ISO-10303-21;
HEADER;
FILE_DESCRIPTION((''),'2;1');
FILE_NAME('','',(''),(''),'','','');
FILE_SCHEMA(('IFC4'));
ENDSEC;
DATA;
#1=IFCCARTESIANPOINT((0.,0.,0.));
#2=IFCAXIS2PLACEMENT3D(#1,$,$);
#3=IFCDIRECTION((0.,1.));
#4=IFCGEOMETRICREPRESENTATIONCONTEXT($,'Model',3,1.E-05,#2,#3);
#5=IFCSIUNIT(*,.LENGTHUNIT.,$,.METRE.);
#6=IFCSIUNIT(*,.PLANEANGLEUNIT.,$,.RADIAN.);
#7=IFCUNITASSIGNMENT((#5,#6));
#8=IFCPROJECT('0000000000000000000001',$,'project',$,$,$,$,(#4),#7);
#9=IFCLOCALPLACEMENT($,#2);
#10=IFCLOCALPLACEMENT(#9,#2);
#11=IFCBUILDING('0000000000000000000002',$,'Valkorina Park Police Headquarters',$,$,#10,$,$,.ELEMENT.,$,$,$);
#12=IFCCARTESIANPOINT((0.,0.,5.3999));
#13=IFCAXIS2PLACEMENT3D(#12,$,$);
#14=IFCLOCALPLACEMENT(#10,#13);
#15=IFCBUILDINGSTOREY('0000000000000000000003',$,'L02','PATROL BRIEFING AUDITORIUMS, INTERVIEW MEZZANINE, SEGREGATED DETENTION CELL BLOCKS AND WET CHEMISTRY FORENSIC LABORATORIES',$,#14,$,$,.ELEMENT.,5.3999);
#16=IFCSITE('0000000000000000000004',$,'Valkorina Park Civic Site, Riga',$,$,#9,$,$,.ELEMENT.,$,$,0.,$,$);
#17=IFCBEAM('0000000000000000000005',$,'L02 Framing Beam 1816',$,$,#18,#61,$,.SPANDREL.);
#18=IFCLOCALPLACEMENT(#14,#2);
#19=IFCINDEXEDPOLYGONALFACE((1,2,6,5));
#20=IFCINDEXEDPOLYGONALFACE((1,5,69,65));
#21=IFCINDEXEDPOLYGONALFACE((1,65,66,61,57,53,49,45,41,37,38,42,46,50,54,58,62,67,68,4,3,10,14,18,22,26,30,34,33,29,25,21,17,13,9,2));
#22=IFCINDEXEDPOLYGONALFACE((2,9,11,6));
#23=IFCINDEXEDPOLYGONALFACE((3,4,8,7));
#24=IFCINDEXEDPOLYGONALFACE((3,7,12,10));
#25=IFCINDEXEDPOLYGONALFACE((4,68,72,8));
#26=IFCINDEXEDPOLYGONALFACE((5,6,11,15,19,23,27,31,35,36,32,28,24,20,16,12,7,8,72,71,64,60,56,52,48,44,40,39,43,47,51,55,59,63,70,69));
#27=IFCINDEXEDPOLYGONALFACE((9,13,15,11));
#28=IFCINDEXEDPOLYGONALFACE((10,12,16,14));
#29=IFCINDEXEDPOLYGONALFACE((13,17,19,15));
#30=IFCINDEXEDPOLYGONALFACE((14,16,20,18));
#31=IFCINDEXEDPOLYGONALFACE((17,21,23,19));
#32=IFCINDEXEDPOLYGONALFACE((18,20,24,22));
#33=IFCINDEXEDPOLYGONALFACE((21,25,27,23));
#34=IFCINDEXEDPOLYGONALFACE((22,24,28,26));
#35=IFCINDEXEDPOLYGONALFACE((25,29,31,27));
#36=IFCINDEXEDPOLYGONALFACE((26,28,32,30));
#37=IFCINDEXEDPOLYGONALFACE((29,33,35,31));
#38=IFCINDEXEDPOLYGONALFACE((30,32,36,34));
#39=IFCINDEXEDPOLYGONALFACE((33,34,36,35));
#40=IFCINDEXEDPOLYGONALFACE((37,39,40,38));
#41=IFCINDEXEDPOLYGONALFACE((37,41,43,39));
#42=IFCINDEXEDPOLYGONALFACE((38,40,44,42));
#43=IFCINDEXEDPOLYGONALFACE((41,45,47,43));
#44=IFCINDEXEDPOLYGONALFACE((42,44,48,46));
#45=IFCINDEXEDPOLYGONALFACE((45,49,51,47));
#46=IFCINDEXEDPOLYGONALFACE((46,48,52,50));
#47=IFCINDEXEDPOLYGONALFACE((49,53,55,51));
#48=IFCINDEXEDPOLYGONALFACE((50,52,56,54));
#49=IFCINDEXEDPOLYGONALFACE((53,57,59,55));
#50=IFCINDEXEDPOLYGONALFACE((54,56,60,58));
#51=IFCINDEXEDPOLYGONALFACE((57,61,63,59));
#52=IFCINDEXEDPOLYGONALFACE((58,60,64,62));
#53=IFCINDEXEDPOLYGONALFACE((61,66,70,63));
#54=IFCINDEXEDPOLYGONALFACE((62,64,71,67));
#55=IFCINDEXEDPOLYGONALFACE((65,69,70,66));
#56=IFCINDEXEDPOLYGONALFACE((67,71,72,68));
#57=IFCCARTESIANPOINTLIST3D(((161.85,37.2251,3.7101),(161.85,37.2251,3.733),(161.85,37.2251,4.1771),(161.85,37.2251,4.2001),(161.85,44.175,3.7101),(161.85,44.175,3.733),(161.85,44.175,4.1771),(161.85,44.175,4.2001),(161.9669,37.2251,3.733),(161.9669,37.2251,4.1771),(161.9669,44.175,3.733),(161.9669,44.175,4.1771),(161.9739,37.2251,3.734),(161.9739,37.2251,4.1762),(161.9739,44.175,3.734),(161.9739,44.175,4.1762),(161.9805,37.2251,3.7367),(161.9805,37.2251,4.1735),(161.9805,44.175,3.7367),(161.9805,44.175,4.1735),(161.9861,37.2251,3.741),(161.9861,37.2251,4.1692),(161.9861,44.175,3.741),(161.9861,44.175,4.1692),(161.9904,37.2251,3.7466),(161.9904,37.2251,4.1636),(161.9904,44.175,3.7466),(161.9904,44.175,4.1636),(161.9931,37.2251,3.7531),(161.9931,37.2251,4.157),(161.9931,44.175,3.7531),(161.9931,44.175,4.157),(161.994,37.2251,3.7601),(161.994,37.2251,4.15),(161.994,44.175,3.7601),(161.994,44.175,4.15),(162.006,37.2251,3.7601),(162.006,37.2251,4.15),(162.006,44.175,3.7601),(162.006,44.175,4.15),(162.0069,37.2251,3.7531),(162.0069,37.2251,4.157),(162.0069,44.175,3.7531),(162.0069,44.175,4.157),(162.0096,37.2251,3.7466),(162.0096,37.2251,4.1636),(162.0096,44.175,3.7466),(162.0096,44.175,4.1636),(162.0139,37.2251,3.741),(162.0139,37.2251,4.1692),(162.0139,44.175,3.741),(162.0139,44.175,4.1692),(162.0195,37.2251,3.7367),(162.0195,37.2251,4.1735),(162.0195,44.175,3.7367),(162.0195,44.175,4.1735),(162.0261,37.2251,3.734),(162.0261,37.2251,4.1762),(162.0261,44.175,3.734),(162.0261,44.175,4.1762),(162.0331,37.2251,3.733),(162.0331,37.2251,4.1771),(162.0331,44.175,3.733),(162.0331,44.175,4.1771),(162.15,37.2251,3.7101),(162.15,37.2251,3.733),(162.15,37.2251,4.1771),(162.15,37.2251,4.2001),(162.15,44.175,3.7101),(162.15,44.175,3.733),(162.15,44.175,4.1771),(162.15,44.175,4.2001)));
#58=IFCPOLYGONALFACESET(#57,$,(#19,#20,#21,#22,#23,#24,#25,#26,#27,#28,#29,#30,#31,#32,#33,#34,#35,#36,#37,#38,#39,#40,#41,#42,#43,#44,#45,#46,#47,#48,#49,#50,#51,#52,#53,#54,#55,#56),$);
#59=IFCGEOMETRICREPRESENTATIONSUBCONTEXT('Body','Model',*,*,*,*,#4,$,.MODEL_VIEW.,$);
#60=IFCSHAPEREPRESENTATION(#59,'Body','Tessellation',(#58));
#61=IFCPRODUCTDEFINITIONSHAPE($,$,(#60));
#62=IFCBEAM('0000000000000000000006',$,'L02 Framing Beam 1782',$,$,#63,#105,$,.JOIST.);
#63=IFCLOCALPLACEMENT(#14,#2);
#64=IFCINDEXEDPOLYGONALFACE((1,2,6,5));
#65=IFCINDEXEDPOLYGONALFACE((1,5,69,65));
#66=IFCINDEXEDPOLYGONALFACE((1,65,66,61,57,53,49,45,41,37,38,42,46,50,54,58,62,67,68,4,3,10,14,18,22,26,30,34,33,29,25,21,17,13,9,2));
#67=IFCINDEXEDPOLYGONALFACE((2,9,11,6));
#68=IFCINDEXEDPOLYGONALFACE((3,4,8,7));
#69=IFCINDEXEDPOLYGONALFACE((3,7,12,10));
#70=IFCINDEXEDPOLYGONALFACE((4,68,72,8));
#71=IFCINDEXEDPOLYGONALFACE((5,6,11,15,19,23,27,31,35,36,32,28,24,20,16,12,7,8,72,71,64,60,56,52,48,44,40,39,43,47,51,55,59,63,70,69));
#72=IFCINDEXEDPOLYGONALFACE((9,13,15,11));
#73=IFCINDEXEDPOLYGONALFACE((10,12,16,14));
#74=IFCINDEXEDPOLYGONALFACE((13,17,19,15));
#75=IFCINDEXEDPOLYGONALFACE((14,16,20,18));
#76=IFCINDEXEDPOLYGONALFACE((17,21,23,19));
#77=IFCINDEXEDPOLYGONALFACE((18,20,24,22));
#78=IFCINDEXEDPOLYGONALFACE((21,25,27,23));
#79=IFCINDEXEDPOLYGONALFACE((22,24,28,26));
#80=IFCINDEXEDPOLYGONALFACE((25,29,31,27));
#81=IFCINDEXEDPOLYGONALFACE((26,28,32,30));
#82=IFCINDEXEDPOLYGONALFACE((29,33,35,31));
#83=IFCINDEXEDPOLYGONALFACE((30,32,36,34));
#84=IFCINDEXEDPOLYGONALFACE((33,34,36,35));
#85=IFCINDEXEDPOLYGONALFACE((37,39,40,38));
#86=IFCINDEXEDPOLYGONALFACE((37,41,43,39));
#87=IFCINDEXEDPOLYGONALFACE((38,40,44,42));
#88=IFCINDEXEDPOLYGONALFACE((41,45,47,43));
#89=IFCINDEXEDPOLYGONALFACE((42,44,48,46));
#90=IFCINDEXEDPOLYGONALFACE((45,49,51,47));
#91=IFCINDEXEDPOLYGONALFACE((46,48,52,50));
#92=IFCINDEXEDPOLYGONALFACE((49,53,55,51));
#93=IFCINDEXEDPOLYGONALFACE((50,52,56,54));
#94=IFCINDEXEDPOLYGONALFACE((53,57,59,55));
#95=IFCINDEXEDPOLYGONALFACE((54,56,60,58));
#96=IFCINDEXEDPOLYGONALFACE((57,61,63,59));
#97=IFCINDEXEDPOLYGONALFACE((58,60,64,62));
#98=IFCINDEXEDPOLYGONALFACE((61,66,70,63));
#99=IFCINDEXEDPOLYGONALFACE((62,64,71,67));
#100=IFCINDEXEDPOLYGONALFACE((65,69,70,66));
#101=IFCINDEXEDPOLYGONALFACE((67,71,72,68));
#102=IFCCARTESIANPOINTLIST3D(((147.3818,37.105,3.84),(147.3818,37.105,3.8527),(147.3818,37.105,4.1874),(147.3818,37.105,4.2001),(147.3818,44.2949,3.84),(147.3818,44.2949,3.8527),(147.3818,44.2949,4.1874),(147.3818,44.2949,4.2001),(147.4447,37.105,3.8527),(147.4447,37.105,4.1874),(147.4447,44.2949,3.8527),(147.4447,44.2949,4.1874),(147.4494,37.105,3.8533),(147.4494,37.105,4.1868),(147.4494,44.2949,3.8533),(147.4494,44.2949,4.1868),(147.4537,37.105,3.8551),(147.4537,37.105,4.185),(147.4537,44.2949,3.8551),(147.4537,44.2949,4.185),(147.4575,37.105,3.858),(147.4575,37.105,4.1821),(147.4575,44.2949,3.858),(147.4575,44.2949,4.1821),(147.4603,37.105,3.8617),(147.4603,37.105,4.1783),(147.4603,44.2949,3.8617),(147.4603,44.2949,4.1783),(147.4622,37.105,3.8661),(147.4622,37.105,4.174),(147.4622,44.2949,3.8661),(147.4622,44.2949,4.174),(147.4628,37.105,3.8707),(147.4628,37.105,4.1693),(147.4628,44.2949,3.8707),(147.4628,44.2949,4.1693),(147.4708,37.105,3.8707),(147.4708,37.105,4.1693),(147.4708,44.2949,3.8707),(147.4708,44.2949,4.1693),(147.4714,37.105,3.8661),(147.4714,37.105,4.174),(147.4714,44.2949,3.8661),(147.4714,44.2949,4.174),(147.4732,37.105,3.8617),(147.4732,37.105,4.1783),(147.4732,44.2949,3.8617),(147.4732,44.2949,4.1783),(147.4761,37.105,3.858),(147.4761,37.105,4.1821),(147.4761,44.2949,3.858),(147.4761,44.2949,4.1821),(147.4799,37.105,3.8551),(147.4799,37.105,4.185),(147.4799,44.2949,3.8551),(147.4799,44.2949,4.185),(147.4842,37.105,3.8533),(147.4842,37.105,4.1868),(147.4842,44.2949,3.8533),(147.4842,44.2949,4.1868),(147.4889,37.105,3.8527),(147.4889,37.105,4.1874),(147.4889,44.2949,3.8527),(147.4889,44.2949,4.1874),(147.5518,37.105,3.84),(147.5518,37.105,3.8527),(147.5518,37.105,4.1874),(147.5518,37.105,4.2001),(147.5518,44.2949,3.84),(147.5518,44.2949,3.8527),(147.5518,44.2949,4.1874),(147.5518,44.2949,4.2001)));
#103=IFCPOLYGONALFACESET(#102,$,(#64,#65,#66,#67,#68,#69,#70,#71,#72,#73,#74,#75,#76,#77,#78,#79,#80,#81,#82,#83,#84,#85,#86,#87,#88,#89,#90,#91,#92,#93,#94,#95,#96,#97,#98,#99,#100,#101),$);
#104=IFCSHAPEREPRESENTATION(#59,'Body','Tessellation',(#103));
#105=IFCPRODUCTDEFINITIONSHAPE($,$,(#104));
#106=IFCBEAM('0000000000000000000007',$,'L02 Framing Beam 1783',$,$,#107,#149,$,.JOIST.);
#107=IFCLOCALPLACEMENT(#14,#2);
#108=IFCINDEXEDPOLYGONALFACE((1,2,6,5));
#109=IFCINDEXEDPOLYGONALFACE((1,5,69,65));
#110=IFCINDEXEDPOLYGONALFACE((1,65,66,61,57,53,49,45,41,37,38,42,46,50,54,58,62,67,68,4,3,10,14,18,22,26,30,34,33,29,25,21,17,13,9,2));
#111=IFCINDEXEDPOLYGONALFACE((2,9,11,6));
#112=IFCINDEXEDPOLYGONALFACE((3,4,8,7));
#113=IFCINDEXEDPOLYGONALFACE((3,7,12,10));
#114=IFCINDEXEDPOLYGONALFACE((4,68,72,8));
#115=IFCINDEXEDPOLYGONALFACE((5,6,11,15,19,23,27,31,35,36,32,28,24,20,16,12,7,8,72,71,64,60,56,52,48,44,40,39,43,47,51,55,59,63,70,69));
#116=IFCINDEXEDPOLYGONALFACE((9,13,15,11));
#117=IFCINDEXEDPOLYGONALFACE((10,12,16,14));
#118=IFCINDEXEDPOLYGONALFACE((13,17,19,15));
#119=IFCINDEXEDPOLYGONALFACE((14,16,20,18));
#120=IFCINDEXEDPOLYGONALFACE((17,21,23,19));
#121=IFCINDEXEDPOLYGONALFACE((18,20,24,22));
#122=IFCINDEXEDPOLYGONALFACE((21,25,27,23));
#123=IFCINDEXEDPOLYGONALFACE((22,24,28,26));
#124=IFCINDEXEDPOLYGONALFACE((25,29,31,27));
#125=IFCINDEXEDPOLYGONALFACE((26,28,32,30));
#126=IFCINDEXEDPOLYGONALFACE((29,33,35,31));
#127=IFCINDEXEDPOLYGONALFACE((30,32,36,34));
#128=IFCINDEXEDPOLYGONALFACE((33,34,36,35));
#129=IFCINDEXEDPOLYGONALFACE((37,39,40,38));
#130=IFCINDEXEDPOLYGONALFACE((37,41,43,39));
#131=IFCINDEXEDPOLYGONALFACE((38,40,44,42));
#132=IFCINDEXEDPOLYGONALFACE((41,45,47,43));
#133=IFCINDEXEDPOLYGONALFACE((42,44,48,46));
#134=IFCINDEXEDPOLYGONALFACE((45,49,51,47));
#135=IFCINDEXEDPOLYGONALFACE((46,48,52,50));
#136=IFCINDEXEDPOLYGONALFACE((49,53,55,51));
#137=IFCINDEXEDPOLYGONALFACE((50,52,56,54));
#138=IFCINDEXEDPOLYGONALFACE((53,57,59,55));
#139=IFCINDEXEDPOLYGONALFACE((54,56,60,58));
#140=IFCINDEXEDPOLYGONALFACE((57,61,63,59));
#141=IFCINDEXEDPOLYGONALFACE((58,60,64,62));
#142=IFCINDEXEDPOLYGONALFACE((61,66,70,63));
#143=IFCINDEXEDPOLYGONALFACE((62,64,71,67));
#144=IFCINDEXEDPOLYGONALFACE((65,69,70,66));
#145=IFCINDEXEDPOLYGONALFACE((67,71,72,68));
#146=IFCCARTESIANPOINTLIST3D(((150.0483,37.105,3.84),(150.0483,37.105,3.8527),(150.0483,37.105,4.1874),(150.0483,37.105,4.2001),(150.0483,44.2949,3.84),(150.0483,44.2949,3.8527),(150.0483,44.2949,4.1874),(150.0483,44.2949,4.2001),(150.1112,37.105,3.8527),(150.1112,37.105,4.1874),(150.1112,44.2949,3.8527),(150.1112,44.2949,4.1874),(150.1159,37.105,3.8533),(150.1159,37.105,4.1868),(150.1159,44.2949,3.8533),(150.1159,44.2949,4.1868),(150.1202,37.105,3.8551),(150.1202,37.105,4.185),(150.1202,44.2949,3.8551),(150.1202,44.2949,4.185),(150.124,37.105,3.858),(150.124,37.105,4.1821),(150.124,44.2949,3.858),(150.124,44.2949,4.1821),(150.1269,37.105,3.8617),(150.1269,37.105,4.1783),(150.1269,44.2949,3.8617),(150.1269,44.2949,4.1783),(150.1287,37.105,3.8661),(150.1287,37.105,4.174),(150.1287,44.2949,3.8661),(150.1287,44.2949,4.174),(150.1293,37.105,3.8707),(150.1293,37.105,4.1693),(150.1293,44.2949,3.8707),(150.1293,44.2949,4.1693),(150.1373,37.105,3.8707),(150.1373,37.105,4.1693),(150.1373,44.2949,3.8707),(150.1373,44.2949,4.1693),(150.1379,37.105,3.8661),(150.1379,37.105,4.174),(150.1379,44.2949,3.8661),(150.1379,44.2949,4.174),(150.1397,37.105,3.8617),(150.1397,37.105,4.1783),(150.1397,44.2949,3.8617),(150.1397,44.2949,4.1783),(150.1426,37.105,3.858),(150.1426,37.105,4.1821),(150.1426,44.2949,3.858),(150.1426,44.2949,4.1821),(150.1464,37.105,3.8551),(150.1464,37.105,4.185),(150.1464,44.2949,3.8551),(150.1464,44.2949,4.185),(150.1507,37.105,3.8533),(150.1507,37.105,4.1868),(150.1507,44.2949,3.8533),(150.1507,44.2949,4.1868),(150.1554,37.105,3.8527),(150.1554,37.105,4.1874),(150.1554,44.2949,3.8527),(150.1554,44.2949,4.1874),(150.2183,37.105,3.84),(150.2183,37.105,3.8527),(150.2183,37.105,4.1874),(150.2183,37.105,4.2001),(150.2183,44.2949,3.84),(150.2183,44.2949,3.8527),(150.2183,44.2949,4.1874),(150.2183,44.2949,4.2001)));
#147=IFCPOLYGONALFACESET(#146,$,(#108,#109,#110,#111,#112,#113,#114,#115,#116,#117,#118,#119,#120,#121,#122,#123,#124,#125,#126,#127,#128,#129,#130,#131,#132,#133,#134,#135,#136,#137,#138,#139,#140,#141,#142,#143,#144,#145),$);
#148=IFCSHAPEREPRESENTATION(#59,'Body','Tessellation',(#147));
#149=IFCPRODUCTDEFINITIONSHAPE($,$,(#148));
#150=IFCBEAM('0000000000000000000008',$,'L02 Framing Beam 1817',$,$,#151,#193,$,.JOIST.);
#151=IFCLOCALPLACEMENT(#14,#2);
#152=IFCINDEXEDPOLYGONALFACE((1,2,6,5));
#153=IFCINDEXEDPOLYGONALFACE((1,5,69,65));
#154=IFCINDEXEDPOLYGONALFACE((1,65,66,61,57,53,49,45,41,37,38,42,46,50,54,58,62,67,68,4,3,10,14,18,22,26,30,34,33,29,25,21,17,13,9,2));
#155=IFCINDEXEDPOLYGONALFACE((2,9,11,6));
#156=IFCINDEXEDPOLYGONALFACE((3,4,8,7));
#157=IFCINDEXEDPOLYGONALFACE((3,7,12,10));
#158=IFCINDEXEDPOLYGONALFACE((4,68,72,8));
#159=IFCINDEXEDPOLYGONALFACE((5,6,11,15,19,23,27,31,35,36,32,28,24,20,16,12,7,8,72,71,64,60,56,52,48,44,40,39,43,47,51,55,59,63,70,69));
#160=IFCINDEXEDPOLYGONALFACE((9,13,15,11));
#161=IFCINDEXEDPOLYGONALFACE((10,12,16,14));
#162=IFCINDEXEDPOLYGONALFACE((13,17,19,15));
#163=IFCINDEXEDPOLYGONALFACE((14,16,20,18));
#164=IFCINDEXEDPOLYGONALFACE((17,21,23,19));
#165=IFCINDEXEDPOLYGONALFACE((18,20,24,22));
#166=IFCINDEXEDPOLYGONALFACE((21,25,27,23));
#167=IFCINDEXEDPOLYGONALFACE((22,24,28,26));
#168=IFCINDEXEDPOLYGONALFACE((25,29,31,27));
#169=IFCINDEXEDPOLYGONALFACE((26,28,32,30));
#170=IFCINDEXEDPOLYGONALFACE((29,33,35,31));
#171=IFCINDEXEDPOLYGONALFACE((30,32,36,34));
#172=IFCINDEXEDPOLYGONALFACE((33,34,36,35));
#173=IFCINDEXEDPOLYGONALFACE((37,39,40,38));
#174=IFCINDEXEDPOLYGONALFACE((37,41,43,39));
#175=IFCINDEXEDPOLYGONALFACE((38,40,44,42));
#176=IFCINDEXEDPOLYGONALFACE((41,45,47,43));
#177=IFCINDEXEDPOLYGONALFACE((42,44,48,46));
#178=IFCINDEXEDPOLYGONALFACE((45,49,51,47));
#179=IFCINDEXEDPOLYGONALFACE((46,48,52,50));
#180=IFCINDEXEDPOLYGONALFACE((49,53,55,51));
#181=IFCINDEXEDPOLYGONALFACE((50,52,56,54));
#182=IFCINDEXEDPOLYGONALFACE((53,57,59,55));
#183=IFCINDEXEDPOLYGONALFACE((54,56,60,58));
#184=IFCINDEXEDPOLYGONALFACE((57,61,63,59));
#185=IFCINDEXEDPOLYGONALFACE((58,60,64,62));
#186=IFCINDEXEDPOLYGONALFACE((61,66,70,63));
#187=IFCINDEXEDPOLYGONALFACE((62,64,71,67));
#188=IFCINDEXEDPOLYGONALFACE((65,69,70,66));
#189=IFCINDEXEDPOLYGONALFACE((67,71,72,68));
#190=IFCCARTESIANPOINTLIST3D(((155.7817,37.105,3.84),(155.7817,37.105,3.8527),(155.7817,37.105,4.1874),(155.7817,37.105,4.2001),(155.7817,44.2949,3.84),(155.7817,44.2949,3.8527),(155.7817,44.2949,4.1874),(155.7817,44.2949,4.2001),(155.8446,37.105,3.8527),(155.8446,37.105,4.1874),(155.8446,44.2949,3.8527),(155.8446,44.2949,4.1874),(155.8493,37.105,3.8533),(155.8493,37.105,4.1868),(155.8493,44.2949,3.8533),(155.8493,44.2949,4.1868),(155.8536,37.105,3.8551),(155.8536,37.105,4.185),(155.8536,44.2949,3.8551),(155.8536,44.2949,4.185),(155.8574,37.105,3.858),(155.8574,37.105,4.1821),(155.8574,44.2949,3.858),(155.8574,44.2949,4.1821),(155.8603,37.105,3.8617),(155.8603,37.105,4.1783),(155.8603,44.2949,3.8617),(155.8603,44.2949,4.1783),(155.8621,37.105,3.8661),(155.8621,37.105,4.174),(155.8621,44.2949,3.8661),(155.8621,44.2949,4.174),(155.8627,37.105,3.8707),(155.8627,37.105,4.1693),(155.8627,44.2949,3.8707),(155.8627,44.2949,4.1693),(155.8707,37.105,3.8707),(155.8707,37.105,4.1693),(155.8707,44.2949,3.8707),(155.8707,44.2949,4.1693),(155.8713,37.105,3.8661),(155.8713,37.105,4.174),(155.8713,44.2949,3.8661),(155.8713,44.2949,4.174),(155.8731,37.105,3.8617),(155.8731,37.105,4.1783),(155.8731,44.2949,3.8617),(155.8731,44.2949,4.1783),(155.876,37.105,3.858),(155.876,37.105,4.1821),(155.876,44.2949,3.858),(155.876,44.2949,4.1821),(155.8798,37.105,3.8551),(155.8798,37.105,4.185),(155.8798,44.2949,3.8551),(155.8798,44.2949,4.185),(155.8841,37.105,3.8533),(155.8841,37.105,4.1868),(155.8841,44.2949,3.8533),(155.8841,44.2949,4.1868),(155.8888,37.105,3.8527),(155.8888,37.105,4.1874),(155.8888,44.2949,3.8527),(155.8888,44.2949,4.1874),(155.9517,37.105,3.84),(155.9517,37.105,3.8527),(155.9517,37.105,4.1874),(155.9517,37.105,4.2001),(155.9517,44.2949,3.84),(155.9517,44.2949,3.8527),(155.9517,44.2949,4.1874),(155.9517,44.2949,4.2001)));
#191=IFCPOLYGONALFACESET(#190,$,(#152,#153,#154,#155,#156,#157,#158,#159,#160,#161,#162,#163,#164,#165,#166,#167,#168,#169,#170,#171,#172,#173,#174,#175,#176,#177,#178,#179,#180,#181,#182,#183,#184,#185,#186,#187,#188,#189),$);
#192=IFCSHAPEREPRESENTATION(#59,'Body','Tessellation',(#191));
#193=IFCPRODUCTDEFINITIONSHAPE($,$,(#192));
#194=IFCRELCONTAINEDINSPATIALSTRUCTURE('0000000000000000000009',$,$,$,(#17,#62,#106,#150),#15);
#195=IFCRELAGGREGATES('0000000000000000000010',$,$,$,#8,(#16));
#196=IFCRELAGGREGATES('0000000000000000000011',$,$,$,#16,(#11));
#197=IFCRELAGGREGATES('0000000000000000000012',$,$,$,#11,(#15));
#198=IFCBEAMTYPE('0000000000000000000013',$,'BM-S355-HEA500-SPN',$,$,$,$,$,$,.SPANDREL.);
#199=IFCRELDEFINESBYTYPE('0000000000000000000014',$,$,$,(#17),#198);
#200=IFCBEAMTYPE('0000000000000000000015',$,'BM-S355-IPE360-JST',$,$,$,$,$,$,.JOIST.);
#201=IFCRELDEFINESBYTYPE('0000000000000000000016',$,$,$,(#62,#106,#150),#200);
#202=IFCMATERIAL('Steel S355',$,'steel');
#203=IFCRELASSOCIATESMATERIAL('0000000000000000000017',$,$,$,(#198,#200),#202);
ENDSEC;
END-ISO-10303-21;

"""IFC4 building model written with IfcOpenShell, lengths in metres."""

from ifc_helpers import new_model, si_unit, direction, frame, origin, origin_2d, place, context, subcontext, project, spatial, i_section, extrude, material, material_profile, profile_set, type_object, element, save


model = new_model("IFC4")

# Units and contexts
model_context = context("Model", 3, precision=1e-05, world=origin(), true_north=direction((0.0, 1.0)))
body_context = subcontext(model_context, "Body", "Model", "MODEL_VIEW")
ifc_project = project(units=[si_unit("LENGTHUNIT", "METRE"), si_unit("PLANEANGLEUNIT", "RADIAN")], contexts=[model_context])

# Site, building, storey
site_placement = place(None, origin())
site = spatial("IfcSite", under=ifc_project, at=site_placement, Name="Valkorina Park Civic Site, Riga", CompositionType="ELEMENT", RefElevation=0.0)
building_placement = place(site_placement, origin())
building = spatial("IfcBuilding", under=site, at=building_placement, Name="Valkorina Park Police Headquarters", CompositionType="ELEMENT")
storey_placement = place(building_placement, frame((0.0, 0.0, 5.3999)))
storey = spatial("IfcBuildingStorey", under=building, at=storey_placement, Name="L02", Description="PATROL BRIEFING AUDITORIUMS, INTERVIEW MEZZANINE, SEGREGATED DETENTION CELL BLOCKS AND WET CHEMISTRY FORENSIC LABORATORIES", CompositionType="ELEMENT", Elevation=5.3999)

# Shared definitions
ifc_material_1 = material(Name="Steel S355", Category="steel")

# Beams
ifc_material_profile_1 = material_profile(ifc_material_1, i_section(OverallWidth=0.3, OverallDepth=0.49, WebThickness=0.012, FlangeThickness=0.0229, FilletRadius=0.0271, at=origin_2d()), Name="HEA 500")
ifc_profile_set_1 = profile_set([ifc_material_profile_1], Name="Steel S355")
beam_type_1 = type_object("IfcBeamType", Name="BM-S355-HEA500-SPN", PredefinedType="SPANDREL", material=ifc_profile_set_1)
beam_1_placement = place(storey_placement, frame((162.0, 37.2251, 3.9551), z_axis=(0.0, 1.0, 0.0), x_axis=(-1.0, 0.0, 0.0)))
element("IfcBeam", 1, at=beam_1_placement, inside=storey, type_object=beam_type_1, Name="L02 Framing Beam 1816", PredefinedType="SPANDREL", context=body_context, shape_type="SweptSolid", body=[
    extrude(i_section(OverallWidth=0.3, OverallDepth=0.49, WebThickness=0.012, FlangeThickness=0.0229, FilletRadius=0.0271, at=origin_2d()), origin(), (0.0, 0.0, 1.0), 6.95),
])
ifc_material_profile_2 = material_profile(ifc_material_1, i_section(OverallWidth=0.1699, OverallDepth=0.3601, WebThickness=0.0081, FlangeThickness=0.0127, FilletRadius=0.0181, at=origin_2d()), Name="IPE 360")
ifc_profile_set_2 = profile_set([ifc_material_profile_2], Name="Steel S355")
beam_type_2 = type_object("IfcBeamType", Name="BM-S355-IPE360-JST", PredefinedType="JOIST", material=ifc_profile_set_2)
for number, where, z_axis, x_axis, name in (
    (2, (147.4668, 37.105, 4.02), (0.0, 1.0, 0.0), (-1.0, 0.0, 0.0), "L02 Framing Beam 1782"),
    (3, (150.1333, 37.105, 4.02), (0.0, 1.0, 0.0), (-1.0, 0.0, 0.0), "L02 Framing Beam 1783"),
    (4, (155.8667, 37.105, 4.02), (0.0, 1.0, 0.0), (-1.0, 0.0, 0.0), "L02 Framing Beam 1817"),
):
    element("IfcBeam", number, at=place(storey_placement, frame(where, z_axis=z_axis, x_axis=x_axis)), inside=storey, type_object=beam_type_2, Name=name, PredefinedType="JOIST", context=body_context, shape_type="SweptSolid", body=[
        extrude(i_section(OverallWidth=0.1699, OverallDepth=0.3601, WebThickness=0.0081, FlangeThickness=0.0127, FilletRadius=0.0181, at=origin_2d()), origin(), (0.0, 0.0, 1.0), 7.1899),
    ])

save(model, "model.ifc")
